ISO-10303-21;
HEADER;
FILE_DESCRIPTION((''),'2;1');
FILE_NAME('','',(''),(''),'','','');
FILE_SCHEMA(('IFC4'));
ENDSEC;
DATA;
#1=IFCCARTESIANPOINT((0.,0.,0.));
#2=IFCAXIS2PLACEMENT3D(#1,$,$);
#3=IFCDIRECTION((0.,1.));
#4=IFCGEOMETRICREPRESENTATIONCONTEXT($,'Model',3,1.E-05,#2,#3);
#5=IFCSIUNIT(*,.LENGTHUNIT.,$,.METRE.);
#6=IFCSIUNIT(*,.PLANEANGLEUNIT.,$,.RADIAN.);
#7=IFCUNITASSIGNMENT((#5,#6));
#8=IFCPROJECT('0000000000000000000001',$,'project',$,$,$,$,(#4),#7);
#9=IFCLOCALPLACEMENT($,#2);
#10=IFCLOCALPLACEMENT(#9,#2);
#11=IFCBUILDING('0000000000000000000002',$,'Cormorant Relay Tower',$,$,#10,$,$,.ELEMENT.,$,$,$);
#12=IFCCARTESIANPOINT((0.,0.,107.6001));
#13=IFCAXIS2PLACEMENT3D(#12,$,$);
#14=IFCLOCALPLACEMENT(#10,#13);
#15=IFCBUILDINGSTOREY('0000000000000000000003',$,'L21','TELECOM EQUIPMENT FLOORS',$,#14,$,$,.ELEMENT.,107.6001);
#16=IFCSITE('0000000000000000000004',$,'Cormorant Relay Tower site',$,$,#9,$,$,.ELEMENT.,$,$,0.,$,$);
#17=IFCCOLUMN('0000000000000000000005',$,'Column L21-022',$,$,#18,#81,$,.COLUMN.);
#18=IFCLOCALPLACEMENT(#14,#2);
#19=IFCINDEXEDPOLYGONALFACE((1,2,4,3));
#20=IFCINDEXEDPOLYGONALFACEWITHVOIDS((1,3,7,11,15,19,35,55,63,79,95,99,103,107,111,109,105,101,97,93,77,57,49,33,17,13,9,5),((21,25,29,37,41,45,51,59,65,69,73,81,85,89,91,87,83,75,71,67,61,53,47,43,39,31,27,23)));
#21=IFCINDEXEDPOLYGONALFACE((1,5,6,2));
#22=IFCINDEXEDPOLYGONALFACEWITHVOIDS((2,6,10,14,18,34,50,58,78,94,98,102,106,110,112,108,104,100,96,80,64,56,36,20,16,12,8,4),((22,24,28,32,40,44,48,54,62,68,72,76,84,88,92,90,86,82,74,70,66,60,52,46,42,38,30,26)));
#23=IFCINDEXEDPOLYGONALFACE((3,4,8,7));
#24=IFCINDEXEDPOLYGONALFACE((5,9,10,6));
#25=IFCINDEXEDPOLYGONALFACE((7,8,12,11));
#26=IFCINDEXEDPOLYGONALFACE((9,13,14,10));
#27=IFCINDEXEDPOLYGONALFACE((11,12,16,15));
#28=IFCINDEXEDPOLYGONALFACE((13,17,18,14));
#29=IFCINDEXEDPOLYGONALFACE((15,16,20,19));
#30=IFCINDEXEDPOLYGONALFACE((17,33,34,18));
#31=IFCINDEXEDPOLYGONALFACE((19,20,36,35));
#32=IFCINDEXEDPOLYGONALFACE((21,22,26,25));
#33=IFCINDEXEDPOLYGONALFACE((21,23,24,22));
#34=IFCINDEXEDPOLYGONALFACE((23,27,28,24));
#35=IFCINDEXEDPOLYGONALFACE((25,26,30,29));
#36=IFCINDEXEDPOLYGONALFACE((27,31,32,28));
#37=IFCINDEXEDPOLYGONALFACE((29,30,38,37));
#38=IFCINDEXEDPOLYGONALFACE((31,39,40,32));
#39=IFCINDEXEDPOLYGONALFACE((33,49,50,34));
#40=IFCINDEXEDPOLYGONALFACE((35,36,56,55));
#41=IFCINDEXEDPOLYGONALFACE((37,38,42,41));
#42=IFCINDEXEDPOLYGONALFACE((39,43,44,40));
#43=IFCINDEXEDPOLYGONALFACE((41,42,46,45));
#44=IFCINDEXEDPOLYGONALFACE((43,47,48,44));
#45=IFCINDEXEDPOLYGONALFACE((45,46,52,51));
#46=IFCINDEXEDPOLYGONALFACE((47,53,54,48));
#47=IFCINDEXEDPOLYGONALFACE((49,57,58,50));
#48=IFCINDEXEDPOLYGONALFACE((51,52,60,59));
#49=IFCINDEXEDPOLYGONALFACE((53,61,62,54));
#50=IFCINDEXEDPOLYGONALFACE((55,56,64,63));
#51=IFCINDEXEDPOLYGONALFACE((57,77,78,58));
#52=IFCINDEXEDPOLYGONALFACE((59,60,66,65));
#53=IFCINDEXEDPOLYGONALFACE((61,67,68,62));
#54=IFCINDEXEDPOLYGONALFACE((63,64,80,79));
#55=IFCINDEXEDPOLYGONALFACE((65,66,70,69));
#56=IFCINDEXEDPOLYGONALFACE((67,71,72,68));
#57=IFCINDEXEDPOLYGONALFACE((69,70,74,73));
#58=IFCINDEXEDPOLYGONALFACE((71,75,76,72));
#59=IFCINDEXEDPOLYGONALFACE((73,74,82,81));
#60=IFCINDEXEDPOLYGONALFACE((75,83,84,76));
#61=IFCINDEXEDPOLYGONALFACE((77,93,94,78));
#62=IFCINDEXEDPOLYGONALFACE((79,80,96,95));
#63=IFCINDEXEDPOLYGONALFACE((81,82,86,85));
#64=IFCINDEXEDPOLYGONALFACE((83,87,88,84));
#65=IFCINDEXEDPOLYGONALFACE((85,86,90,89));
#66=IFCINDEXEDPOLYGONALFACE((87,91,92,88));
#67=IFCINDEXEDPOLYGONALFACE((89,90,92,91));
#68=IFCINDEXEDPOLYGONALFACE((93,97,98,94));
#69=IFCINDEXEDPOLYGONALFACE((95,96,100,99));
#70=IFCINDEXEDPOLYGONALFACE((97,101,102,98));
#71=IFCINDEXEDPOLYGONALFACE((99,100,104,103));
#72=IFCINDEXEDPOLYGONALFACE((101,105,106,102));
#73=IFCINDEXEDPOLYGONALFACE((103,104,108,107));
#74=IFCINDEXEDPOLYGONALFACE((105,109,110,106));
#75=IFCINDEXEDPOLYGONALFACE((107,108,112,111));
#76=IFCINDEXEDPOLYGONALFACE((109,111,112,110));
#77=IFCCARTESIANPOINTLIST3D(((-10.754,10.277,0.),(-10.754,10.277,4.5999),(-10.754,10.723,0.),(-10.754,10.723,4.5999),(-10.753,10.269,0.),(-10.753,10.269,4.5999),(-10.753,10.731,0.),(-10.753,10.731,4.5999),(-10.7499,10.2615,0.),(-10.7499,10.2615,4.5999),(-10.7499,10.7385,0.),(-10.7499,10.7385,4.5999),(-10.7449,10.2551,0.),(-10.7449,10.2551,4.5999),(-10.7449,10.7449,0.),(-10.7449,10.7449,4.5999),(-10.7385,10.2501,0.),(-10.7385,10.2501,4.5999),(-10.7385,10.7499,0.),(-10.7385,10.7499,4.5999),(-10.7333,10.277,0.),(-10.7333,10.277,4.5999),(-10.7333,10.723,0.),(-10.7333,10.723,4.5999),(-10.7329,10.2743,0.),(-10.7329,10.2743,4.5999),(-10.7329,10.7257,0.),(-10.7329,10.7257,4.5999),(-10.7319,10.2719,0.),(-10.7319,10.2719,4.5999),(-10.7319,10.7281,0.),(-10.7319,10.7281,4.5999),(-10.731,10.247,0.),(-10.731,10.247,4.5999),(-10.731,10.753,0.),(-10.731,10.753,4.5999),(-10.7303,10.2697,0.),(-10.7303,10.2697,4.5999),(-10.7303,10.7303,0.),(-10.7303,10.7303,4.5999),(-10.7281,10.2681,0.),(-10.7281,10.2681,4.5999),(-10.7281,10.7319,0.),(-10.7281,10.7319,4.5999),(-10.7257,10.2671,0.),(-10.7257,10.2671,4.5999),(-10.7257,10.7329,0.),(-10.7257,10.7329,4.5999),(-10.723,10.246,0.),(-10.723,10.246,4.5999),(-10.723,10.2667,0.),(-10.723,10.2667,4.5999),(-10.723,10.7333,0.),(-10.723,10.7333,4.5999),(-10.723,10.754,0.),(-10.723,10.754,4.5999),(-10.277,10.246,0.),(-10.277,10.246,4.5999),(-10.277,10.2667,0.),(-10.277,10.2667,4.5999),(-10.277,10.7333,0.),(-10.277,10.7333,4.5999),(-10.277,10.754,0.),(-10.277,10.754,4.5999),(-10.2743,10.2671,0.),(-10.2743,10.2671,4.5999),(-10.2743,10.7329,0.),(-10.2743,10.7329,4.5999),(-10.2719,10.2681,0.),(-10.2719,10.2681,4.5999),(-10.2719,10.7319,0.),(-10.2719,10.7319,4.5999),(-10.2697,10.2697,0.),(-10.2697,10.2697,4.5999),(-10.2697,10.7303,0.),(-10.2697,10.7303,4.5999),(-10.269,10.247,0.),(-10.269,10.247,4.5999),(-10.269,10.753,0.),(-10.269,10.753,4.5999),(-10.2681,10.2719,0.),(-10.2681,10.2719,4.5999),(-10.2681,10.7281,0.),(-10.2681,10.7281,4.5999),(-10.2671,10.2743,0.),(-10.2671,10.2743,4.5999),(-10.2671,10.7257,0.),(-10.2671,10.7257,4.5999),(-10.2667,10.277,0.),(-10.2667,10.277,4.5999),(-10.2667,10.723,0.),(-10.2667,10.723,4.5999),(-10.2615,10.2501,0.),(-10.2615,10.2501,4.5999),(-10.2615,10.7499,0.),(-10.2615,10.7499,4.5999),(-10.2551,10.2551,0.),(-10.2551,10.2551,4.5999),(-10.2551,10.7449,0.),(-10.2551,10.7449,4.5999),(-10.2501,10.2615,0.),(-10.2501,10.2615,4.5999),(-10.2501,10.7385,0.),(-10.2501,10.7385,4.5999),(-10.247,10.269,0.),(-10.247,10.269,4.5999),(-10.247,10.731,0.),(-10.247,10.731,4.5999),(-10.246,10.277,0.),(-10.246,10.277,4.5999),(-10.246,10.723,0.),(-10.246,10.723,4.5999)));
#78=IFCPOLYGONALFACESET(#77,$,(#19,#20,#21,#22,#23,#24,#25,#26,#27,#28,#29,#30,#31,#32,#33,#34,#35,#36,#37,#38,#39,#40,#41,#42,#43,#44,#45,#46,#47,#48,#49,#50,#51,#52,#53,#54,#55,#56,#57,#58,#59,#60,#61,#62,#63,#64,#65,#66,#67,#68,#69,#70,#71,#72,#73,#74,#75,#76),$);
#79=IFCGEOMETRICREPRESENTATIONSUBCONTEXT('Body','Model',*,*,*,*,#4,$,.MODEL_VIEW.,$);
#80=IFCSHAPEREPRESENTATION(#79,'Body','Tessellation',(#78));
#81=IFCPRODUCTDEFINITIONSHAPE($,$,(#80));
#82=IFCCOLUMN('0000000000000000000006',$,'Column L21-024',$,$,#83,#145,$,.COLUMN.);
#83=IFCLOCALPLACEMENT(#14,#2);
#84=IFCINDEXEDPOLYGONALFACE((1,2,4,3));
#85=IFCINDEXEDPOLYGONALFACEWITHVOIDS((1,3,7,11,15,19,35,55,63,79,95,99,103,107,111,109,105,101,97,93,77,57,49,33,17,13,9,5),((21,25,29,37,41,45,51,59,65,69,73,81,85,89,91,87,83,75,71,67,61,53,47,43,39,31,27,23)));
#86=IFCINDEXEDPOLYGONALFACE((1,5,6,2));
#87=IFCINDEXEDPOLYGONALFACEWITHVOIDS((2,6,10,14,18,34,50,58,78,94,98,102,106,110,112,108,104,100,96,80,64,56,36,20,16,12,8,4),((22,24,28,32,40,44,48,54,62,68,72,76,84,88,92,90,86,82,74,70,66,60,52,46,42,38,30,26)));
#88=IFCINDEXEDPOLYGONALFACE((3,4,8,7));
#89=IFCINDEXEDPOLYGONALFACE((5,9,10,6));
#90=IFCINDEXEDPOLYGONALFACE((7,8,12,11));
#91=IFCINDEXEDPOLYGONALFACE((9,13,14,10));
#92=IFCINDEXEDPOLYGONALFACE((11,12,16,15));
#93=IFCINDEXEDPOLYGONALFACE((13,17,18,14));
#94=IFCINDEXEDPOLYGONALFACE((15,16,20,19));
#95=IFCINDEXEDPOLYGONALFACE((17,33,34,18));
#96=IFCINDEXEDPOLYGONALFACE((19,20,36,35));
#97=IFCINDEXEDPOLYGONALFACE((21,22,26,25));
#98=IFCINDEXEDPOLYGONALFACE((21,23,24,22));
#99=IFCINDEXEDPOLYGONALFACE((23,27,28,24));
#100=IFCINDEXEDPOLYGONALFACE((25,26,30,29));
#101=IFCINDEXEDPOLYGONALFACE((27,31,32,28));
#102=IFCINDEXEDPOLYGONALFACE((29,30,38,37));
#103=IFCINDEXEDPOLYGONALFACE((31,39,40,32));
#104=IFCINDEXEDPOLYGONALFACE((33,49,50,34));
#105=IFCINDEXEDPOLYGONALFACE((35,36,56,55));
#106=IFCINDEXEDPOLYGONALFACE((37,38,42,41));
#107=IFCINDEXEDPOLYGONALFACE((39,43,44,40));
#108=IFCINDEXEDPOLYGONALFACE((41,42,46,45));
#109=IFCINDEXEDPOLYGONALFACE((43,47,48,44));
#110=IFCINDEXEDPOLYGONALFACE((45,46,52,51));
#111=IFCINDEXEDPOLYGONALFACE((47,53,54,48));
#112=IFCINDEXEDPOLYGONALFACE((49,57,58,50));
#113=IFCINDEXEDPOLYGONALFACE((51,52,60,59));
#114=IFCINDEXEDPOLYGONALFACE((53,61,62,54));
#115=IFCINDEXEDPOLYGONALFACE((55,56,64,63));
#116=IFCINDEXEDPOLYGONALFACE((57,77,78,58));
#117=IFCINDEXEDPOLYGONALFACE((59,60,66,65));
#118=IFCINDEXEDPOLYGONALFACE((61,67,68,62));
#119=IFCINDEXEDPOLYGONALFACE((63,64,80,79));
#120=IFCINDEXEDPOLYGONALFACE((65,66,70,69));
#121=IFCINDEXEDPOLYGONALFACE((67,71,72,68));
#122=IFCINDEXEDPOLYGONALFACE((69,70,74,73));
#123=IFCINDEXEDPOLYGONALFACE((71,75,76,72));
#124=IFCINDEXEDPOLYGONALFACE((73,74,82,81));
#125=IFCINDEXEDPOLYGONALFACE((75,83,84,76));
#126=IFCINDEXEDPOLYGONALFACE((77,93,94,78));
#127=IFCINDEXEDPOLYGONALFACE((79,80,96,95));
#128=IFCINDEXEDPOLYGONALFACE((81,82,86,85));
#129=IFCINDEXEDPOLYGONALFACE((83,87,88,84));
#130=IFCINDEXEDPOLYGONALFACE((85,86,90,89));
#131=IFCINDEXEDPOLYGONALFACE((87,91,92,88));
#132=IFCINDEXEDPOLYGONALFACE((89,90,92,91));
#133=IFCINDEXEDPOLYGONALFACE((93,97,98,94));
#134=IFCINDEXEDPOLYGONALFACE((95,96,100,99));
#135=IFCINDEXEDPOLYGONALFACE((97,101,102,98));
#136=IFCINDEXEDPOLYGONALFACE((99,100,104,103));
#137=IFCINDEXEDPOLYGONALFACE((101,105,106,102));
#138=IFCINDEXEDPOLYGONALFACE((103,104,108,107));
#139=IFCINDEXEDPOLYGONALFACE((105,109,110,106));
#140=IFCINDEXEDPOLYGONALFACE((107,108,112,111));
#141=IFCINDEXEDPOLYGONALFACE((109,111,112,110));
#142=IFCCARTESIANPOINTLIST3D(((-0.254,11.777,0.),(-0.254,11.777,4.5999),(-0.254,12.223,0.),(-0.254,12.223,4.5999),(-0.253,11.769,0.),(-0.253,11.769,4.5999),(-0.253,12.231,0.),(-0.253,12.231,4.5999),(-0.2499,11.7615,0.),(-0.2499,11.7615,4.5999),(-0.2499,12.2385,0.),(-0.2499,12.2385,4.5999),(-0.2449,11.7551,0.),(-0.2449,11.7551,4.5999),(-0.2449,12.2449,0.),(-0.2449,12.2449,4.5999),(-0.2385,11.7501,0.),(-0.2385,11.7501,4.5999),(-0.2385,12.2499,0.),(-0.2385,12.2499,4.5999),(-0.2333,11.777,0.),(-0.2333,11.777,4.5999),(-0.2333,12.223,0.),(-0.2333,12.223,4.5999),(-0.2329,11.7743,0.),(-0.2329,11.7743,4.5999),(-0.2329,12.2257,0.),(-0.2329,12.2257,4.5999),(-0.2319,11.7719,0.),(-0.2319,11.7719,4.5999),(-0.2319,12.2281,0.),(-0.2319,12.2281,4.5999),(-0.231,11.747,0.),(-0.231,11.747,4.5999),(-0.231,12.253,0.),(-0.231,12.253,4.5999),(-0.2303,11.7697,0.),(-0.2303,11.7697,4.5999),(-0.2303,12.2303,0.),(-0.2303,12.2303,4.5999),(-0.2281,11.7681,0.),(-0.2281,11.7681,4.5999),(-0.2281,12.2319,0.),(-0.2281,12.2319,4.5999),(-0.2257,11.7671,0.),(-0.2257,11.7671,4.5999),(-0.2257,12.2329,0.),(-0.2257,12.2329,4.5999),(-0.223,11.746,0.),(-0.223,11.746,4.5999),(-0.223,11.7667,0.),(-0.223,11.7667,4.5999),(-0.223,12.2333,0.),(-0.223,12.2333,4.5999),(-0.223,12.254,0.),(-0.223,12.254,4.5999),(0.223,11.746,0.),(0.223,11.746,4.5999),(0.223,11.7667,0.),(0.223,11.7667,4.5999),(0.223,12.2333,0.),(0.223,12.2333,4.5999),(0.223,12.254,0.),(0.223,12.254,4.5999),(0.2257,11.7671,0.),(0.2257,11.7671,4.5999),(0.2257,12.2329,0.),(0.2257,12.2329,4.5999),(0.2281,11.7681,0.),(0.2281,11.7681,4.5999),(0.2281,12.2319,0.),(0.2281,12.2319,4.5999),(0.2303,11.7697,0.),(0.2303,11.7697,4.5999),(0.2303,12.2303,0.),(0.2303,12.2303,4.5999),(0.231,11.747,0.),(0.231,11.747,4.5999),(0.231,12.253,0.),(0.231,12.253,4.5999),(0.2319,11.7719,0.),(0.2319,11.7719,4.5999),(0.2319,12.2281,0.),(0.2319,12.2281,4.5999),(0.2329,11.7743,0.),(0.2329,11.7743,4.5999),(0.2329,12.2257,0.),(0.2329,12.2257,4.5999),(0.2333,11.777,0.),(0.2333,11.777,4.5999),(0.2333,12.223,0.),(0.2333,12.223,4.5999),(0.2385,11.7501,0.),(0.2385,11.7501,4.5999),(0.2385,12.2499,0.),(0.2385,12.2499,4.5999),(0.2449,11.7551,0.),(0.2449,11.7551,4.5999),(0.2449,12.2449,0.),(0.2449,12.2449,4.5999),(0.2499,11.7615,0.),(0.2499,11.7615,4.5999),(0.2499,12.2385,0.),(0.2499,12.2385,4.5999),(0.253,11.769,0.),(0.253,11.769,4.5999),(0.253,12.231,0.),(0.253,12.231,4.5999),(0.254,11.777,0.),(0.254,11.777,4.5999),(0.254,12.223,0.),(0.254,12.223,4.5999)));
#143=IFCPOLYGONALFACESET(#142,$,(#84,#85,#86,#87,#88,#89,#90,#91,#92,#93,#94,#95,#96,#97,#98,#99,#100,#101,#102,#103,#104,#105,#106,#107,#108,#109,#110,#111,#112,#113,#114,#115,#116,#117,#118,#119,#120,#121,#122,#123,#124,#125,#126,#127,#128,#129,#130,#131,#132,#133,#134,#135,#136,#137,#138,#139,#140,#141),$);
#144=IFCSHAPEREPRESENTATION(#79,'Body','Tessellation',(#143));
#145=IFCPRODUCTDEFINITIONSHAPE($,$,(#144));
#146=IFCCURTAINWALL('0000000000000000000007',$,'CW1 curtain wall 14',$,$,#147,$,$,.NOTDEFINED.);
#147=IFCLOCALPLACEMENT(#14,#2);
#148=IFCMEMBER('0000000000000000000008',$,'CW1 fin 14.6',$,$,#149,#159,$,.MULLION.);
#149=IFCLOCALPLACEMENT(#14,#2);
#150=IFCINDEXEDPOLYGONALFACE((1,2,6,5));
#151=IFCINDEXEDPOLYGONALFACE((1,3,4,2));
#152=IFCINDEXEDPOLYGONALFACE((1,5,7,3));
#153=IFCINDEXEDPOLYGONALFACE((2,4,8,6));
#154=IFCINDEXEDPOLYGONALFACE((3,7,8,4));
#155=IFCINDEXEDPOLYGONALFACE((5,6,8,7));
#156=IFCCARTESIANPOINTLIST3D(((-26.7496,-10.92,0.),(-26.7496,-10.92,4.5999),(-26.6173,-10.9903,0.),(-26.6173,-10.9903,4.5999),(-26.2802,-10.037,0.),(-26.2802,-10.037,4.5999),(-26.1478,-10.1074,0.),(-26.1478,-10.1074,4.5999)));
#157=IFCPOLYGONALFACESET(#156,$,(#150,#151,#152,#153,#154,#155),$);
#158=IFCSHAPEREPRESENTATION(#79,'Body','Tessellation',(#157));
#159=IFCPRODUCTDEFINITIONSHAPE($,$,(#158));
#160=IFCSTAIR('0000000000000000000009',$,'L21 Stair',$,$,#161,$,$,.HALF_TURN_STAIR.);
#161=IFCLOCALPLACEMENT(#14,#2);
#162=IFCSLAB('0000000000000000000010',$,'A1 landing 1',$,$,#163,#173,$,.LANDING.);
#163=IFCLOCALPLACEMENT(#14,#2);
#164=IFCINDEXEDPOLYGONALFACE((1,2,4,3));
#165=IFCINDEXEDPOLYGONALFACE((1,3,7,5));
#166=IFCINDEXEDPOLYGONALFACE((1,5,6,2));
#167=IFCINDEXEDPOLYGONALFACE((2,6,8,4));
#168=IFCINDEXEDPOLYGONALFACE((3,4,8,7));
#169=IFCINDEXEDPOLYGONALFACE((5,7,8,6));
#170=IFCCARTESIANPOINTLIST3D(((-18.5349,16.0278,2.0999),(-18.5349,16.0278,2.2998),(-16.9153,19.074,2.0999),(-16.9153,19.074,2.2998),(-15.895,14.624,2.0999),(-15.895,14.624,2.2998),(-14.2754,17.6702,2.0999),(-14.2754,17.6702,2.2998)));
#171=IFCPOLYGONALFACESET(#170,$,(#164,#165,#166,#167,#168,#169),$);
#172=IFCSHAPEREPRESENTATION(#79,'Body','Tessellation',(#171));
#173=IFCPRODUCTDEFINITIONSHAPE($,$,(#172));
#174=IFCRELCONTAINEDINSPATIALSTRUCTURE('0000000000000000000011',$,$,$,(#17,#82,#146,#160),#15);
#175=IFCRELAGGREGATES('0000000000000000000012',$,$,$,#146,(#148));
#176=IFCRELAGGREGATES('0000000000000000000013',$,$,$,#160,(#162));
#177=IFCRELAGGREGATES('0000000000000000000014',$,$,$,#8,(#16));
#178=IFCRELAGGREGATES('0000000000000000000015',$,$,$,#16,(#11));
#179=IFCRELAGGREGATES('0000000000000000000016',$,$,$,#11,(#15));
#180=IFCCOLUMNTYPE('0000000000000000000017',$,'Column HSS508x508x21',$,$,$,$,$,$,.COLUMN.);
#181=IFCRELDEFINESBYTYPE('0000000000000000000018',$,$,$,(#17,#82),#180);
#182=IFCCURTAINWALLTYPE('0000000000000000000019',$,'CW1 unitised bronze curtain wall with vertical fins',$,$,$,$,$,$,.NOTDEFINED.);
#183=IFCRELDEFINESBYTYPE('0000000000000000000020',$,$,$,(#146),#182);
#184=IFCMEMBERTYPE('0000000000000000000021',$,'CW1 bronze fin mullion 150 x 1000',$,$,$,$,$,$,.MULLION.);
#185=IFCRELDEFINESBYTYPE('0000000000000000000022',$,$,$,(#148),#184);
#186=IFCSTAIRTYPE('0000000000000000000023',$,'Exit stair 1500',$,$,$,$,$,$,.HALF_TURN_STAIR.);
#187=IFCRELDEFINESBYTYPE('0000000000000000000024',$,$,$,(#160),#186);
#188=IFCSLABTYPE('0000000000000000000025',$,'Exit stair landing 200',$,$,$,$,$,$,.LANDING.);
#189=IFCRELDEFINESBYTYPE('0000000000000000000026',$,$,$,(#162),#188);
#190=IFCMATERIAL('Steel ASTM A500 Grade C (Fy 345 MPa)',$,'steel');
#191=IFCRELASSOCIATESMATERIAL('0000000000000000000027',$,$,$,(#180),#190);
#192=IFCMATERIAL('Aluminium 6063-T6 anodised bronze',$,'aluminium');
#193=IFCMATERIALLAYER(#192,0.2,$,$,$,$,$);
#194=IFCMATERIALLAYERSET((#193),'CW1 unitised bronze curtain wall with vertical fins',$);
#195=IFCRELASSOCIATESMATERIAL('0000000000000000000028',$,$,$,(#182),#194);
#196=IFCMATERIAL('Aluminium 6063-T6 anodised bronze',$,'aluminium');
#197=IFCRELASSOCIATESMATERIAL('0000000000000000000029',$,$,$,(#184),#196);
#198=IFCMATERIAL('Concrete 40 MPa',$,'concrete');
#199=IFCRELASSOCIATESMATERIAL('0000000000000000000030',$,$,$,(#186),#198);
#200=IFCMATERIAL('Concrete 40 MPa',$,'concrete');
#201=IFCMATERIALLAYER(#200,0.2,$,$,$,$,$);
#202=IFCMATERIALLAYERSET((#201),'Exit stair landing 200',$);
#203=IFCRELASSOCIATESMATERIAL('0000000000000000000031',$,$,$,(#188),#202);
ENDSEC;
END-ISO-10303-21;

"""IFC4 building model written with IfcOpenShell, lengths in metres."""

from ifc_helpers import new_model, si_unit, direction, frame, origin, origin_2d, place, context, subcontext, project, spatial, polyline, rectangle, hollow_rectangle, outline, extrude, material, layer, layer_set, material_profile, profile_set, type_object, element, aggregate, save


model = new_model("IFC4")

# Units and contexts
model_context = context("Model", 3, precision=1e-05, world=origin(), true_north=direction((0.0, 1.0)))
body_context = subcontext(model_context, "Body", "Model", "MODEL_VIEW")
ifc_project = project(units=[si_unit("LENGTHUNIT", "METRE"), si_unit("PLANEANGLEUNIT", "RADIAN")], contexts=[model_context])

# Site, building, storey
site_placement = place(None, origin())
site = spatial("IfcSite", under=ifc_project, at=site_placement, Name="Cormorant Relay Tower site", CompositionType="ELEMENT", RefElevation=0.0)
building_placement = place(site_placement, origin())
building = spatial("IfcBuilding", under=site, at=building_placement, Name="Cormorant Relay Tower", CompositionType="ELEMENT")
storey_placement = place(building_placement, frame((0.0, 0.0, 107.6001)))
storey = spatial("IfcBuildingStorey", under=building, at=storey_placement, Name="L21", Description="TELECOM EQUIPMENT FLOORS", CompositionType="ELEMENT", Elevation=107.6001)

# Columns
ifc_material_1 = material(Name="Steel ASTM A500 Grade C (Fy 345 MPa)", Category="steel")
ifc_material_profile_1 = material_profile(ifc_material_1, hollow_rectangle(XDim=0.5081, YDim=0.5081, WallThickness=0.0208, InnerFilletRadius=0.0103, OuterFilletRadius=0.031, at=origin_2d()), Name="HSS508x508x21")
ifc_profile_set_1 = profile_set([ifc_material_profile_1], Name="Steel ASTM A500 Grade C (Fy 345 MPa)")
column_type = type_object("IfcColumnType", Name="Column HSS508x508x21", PredefinedType="COLUMN", material=ifc_profile_set_1)
for number, where, z_axis, x_axis, name in (
    (1, (-10.5, 10.5, 0.0), (0.0, 0.0, 1.0), (1.0, 0.0, 0.0), "Column L21-022"),
    (2, (0.0, 12.0, 0.0), (0.0, 0.0, 1.0), (1.0, 0.0, 0.0), "Column L21-024"),
):
    element("IfcColumn", number, at=place(storey_placement, frame(where, z_axis=z_axis, x_axis=x_axis)), inside=storey, type_object=column_type, Name=name, PredefinedType="COLUMN", context=body_context, shape_type="SweptSolid", body=[
        extrude(hollow_rectangle(XDim=0.5081, YDim=0.5081, WallThickness=0.0208, InnerFilletRadius=0.0103, OuterFilletRadius=0.031, at=origin_2d()), origin(), (0.0, 0.0, 1.0), 4.5999),
    ])

# Curtain wall, member
ifc_material_2 = material(Name="Aluminium 6063-T6 anodised bronze", Category="aluminium")
ifc_layer_1 = layer(ifc_material_2, 0.2)
ifc_layer_set_1 = layer_set([ifc_layer_1], Name="CW1 unitised bronze curtain wall with vertical fins")
curtain_wall_type = type_object("IfcCurtainWallType", Name="CW1 unitised bronze curtain wall with vertical fins", PredefinedType="NOTDEFINED", material=ifc_layer_set_1)
curtain_wall_placement = place(storey_placement, origin())
curtain_wall = element("IfcCurtainWall", 3, at=curtain_wall_placement, inside=storey, type_object=curtain_wall_type, Name="CW1 curtain wall 14", PredefinedType="NOTDEFINED")
ifc_material_3 = material(Name="Aluminium 6063-T6 anodised bronze", Category="aluminium")
ifc_material_profile_2 = material_profile(ifc_material_3, rectangle(XDim=0.1499, YDim=1.0, at=origin_2d()), Name="AL 150x1000")
ifc_profile_set_2 = profile_set([ifc_material_profile_2], Name="Aluminium 6063-T6 anodised bronze")
member_type = type_object("IfcMemberType", Name="CW1 bronze fin mullion 150 x 1000", PredefinedType="MULLION", material=ifc_profile_set_2)
member_placement = place(storey_placement, frame((-26.4487, -10.5137, 0.0), z_axis=(0.0, 0.0, 1.0), x_axis=(0.882948, -0.469472, 0.0)))
member = element("IfcMember", 4, at=member_placement, type_object=member_type, Name="CW1 fin 14.6", PredefinedType="MULLION", context=body_context, shape_type="SweptSolid", body=[
    extrude(rectangle(XDim=0.1499, YDim=1.0, at=origin_2d()), origin(), (0.0, 0.0, 1.0), 4.5999),
])
aggregate(curtain_wall, [member])

# Stair, slab
ifc_material_4 = material(Name="Concrete 40 MPa", Category="concrete")
stair_type = type_object("IfcStairType", Name="Exit stair 1500", PredefinedType="HALF_TURN_STAIR", material=ifc_material_4)
stair_placement = place(storey_placement, origin())
stair = element("IfcStair", 5, at=stair_placement, inside=storey, type_object=stair_type, Name="L21 Stair", PredefinedType="HALF_TURN_STAIR")
ifc_material_5 = material(Name="Concrete 40 MPa", Category="concrete")
ifc_layer_2 = layer(ifc_material_5, 0.2)
ifc_layer_set_2 = layer_set([ifc_layer_2], Name="Exit stair landing 200")
slab_type_1 = type_object("IfcSlabType", Name="Exit stair landing 200", PredefinedType="LANDING", material=ifc_layer_set_2)
slab_1_placement = place(storey_placement, frame((0.0, 0.0, 2.0999)))
slab_1 = element("IfcSlab", 6, at=slab_1_placement, type_object=slab_type_1, Name="A1 landing 1", PredefinedType="LANDING", context=body_context, shape_type="SweptSolid", body=[
    extrude(outline(polyline([(-18.5349, 16.0278), (-15.895, 14.624), (-14.2754, 17.6702), (-16.9153, 19.074), (-18.5349, 16.0278)])), origin(), (0.0, 0.0, 1.0), 0.2),
])
aggregate(stair, [slab_1])

save(model, "model.ifc")
